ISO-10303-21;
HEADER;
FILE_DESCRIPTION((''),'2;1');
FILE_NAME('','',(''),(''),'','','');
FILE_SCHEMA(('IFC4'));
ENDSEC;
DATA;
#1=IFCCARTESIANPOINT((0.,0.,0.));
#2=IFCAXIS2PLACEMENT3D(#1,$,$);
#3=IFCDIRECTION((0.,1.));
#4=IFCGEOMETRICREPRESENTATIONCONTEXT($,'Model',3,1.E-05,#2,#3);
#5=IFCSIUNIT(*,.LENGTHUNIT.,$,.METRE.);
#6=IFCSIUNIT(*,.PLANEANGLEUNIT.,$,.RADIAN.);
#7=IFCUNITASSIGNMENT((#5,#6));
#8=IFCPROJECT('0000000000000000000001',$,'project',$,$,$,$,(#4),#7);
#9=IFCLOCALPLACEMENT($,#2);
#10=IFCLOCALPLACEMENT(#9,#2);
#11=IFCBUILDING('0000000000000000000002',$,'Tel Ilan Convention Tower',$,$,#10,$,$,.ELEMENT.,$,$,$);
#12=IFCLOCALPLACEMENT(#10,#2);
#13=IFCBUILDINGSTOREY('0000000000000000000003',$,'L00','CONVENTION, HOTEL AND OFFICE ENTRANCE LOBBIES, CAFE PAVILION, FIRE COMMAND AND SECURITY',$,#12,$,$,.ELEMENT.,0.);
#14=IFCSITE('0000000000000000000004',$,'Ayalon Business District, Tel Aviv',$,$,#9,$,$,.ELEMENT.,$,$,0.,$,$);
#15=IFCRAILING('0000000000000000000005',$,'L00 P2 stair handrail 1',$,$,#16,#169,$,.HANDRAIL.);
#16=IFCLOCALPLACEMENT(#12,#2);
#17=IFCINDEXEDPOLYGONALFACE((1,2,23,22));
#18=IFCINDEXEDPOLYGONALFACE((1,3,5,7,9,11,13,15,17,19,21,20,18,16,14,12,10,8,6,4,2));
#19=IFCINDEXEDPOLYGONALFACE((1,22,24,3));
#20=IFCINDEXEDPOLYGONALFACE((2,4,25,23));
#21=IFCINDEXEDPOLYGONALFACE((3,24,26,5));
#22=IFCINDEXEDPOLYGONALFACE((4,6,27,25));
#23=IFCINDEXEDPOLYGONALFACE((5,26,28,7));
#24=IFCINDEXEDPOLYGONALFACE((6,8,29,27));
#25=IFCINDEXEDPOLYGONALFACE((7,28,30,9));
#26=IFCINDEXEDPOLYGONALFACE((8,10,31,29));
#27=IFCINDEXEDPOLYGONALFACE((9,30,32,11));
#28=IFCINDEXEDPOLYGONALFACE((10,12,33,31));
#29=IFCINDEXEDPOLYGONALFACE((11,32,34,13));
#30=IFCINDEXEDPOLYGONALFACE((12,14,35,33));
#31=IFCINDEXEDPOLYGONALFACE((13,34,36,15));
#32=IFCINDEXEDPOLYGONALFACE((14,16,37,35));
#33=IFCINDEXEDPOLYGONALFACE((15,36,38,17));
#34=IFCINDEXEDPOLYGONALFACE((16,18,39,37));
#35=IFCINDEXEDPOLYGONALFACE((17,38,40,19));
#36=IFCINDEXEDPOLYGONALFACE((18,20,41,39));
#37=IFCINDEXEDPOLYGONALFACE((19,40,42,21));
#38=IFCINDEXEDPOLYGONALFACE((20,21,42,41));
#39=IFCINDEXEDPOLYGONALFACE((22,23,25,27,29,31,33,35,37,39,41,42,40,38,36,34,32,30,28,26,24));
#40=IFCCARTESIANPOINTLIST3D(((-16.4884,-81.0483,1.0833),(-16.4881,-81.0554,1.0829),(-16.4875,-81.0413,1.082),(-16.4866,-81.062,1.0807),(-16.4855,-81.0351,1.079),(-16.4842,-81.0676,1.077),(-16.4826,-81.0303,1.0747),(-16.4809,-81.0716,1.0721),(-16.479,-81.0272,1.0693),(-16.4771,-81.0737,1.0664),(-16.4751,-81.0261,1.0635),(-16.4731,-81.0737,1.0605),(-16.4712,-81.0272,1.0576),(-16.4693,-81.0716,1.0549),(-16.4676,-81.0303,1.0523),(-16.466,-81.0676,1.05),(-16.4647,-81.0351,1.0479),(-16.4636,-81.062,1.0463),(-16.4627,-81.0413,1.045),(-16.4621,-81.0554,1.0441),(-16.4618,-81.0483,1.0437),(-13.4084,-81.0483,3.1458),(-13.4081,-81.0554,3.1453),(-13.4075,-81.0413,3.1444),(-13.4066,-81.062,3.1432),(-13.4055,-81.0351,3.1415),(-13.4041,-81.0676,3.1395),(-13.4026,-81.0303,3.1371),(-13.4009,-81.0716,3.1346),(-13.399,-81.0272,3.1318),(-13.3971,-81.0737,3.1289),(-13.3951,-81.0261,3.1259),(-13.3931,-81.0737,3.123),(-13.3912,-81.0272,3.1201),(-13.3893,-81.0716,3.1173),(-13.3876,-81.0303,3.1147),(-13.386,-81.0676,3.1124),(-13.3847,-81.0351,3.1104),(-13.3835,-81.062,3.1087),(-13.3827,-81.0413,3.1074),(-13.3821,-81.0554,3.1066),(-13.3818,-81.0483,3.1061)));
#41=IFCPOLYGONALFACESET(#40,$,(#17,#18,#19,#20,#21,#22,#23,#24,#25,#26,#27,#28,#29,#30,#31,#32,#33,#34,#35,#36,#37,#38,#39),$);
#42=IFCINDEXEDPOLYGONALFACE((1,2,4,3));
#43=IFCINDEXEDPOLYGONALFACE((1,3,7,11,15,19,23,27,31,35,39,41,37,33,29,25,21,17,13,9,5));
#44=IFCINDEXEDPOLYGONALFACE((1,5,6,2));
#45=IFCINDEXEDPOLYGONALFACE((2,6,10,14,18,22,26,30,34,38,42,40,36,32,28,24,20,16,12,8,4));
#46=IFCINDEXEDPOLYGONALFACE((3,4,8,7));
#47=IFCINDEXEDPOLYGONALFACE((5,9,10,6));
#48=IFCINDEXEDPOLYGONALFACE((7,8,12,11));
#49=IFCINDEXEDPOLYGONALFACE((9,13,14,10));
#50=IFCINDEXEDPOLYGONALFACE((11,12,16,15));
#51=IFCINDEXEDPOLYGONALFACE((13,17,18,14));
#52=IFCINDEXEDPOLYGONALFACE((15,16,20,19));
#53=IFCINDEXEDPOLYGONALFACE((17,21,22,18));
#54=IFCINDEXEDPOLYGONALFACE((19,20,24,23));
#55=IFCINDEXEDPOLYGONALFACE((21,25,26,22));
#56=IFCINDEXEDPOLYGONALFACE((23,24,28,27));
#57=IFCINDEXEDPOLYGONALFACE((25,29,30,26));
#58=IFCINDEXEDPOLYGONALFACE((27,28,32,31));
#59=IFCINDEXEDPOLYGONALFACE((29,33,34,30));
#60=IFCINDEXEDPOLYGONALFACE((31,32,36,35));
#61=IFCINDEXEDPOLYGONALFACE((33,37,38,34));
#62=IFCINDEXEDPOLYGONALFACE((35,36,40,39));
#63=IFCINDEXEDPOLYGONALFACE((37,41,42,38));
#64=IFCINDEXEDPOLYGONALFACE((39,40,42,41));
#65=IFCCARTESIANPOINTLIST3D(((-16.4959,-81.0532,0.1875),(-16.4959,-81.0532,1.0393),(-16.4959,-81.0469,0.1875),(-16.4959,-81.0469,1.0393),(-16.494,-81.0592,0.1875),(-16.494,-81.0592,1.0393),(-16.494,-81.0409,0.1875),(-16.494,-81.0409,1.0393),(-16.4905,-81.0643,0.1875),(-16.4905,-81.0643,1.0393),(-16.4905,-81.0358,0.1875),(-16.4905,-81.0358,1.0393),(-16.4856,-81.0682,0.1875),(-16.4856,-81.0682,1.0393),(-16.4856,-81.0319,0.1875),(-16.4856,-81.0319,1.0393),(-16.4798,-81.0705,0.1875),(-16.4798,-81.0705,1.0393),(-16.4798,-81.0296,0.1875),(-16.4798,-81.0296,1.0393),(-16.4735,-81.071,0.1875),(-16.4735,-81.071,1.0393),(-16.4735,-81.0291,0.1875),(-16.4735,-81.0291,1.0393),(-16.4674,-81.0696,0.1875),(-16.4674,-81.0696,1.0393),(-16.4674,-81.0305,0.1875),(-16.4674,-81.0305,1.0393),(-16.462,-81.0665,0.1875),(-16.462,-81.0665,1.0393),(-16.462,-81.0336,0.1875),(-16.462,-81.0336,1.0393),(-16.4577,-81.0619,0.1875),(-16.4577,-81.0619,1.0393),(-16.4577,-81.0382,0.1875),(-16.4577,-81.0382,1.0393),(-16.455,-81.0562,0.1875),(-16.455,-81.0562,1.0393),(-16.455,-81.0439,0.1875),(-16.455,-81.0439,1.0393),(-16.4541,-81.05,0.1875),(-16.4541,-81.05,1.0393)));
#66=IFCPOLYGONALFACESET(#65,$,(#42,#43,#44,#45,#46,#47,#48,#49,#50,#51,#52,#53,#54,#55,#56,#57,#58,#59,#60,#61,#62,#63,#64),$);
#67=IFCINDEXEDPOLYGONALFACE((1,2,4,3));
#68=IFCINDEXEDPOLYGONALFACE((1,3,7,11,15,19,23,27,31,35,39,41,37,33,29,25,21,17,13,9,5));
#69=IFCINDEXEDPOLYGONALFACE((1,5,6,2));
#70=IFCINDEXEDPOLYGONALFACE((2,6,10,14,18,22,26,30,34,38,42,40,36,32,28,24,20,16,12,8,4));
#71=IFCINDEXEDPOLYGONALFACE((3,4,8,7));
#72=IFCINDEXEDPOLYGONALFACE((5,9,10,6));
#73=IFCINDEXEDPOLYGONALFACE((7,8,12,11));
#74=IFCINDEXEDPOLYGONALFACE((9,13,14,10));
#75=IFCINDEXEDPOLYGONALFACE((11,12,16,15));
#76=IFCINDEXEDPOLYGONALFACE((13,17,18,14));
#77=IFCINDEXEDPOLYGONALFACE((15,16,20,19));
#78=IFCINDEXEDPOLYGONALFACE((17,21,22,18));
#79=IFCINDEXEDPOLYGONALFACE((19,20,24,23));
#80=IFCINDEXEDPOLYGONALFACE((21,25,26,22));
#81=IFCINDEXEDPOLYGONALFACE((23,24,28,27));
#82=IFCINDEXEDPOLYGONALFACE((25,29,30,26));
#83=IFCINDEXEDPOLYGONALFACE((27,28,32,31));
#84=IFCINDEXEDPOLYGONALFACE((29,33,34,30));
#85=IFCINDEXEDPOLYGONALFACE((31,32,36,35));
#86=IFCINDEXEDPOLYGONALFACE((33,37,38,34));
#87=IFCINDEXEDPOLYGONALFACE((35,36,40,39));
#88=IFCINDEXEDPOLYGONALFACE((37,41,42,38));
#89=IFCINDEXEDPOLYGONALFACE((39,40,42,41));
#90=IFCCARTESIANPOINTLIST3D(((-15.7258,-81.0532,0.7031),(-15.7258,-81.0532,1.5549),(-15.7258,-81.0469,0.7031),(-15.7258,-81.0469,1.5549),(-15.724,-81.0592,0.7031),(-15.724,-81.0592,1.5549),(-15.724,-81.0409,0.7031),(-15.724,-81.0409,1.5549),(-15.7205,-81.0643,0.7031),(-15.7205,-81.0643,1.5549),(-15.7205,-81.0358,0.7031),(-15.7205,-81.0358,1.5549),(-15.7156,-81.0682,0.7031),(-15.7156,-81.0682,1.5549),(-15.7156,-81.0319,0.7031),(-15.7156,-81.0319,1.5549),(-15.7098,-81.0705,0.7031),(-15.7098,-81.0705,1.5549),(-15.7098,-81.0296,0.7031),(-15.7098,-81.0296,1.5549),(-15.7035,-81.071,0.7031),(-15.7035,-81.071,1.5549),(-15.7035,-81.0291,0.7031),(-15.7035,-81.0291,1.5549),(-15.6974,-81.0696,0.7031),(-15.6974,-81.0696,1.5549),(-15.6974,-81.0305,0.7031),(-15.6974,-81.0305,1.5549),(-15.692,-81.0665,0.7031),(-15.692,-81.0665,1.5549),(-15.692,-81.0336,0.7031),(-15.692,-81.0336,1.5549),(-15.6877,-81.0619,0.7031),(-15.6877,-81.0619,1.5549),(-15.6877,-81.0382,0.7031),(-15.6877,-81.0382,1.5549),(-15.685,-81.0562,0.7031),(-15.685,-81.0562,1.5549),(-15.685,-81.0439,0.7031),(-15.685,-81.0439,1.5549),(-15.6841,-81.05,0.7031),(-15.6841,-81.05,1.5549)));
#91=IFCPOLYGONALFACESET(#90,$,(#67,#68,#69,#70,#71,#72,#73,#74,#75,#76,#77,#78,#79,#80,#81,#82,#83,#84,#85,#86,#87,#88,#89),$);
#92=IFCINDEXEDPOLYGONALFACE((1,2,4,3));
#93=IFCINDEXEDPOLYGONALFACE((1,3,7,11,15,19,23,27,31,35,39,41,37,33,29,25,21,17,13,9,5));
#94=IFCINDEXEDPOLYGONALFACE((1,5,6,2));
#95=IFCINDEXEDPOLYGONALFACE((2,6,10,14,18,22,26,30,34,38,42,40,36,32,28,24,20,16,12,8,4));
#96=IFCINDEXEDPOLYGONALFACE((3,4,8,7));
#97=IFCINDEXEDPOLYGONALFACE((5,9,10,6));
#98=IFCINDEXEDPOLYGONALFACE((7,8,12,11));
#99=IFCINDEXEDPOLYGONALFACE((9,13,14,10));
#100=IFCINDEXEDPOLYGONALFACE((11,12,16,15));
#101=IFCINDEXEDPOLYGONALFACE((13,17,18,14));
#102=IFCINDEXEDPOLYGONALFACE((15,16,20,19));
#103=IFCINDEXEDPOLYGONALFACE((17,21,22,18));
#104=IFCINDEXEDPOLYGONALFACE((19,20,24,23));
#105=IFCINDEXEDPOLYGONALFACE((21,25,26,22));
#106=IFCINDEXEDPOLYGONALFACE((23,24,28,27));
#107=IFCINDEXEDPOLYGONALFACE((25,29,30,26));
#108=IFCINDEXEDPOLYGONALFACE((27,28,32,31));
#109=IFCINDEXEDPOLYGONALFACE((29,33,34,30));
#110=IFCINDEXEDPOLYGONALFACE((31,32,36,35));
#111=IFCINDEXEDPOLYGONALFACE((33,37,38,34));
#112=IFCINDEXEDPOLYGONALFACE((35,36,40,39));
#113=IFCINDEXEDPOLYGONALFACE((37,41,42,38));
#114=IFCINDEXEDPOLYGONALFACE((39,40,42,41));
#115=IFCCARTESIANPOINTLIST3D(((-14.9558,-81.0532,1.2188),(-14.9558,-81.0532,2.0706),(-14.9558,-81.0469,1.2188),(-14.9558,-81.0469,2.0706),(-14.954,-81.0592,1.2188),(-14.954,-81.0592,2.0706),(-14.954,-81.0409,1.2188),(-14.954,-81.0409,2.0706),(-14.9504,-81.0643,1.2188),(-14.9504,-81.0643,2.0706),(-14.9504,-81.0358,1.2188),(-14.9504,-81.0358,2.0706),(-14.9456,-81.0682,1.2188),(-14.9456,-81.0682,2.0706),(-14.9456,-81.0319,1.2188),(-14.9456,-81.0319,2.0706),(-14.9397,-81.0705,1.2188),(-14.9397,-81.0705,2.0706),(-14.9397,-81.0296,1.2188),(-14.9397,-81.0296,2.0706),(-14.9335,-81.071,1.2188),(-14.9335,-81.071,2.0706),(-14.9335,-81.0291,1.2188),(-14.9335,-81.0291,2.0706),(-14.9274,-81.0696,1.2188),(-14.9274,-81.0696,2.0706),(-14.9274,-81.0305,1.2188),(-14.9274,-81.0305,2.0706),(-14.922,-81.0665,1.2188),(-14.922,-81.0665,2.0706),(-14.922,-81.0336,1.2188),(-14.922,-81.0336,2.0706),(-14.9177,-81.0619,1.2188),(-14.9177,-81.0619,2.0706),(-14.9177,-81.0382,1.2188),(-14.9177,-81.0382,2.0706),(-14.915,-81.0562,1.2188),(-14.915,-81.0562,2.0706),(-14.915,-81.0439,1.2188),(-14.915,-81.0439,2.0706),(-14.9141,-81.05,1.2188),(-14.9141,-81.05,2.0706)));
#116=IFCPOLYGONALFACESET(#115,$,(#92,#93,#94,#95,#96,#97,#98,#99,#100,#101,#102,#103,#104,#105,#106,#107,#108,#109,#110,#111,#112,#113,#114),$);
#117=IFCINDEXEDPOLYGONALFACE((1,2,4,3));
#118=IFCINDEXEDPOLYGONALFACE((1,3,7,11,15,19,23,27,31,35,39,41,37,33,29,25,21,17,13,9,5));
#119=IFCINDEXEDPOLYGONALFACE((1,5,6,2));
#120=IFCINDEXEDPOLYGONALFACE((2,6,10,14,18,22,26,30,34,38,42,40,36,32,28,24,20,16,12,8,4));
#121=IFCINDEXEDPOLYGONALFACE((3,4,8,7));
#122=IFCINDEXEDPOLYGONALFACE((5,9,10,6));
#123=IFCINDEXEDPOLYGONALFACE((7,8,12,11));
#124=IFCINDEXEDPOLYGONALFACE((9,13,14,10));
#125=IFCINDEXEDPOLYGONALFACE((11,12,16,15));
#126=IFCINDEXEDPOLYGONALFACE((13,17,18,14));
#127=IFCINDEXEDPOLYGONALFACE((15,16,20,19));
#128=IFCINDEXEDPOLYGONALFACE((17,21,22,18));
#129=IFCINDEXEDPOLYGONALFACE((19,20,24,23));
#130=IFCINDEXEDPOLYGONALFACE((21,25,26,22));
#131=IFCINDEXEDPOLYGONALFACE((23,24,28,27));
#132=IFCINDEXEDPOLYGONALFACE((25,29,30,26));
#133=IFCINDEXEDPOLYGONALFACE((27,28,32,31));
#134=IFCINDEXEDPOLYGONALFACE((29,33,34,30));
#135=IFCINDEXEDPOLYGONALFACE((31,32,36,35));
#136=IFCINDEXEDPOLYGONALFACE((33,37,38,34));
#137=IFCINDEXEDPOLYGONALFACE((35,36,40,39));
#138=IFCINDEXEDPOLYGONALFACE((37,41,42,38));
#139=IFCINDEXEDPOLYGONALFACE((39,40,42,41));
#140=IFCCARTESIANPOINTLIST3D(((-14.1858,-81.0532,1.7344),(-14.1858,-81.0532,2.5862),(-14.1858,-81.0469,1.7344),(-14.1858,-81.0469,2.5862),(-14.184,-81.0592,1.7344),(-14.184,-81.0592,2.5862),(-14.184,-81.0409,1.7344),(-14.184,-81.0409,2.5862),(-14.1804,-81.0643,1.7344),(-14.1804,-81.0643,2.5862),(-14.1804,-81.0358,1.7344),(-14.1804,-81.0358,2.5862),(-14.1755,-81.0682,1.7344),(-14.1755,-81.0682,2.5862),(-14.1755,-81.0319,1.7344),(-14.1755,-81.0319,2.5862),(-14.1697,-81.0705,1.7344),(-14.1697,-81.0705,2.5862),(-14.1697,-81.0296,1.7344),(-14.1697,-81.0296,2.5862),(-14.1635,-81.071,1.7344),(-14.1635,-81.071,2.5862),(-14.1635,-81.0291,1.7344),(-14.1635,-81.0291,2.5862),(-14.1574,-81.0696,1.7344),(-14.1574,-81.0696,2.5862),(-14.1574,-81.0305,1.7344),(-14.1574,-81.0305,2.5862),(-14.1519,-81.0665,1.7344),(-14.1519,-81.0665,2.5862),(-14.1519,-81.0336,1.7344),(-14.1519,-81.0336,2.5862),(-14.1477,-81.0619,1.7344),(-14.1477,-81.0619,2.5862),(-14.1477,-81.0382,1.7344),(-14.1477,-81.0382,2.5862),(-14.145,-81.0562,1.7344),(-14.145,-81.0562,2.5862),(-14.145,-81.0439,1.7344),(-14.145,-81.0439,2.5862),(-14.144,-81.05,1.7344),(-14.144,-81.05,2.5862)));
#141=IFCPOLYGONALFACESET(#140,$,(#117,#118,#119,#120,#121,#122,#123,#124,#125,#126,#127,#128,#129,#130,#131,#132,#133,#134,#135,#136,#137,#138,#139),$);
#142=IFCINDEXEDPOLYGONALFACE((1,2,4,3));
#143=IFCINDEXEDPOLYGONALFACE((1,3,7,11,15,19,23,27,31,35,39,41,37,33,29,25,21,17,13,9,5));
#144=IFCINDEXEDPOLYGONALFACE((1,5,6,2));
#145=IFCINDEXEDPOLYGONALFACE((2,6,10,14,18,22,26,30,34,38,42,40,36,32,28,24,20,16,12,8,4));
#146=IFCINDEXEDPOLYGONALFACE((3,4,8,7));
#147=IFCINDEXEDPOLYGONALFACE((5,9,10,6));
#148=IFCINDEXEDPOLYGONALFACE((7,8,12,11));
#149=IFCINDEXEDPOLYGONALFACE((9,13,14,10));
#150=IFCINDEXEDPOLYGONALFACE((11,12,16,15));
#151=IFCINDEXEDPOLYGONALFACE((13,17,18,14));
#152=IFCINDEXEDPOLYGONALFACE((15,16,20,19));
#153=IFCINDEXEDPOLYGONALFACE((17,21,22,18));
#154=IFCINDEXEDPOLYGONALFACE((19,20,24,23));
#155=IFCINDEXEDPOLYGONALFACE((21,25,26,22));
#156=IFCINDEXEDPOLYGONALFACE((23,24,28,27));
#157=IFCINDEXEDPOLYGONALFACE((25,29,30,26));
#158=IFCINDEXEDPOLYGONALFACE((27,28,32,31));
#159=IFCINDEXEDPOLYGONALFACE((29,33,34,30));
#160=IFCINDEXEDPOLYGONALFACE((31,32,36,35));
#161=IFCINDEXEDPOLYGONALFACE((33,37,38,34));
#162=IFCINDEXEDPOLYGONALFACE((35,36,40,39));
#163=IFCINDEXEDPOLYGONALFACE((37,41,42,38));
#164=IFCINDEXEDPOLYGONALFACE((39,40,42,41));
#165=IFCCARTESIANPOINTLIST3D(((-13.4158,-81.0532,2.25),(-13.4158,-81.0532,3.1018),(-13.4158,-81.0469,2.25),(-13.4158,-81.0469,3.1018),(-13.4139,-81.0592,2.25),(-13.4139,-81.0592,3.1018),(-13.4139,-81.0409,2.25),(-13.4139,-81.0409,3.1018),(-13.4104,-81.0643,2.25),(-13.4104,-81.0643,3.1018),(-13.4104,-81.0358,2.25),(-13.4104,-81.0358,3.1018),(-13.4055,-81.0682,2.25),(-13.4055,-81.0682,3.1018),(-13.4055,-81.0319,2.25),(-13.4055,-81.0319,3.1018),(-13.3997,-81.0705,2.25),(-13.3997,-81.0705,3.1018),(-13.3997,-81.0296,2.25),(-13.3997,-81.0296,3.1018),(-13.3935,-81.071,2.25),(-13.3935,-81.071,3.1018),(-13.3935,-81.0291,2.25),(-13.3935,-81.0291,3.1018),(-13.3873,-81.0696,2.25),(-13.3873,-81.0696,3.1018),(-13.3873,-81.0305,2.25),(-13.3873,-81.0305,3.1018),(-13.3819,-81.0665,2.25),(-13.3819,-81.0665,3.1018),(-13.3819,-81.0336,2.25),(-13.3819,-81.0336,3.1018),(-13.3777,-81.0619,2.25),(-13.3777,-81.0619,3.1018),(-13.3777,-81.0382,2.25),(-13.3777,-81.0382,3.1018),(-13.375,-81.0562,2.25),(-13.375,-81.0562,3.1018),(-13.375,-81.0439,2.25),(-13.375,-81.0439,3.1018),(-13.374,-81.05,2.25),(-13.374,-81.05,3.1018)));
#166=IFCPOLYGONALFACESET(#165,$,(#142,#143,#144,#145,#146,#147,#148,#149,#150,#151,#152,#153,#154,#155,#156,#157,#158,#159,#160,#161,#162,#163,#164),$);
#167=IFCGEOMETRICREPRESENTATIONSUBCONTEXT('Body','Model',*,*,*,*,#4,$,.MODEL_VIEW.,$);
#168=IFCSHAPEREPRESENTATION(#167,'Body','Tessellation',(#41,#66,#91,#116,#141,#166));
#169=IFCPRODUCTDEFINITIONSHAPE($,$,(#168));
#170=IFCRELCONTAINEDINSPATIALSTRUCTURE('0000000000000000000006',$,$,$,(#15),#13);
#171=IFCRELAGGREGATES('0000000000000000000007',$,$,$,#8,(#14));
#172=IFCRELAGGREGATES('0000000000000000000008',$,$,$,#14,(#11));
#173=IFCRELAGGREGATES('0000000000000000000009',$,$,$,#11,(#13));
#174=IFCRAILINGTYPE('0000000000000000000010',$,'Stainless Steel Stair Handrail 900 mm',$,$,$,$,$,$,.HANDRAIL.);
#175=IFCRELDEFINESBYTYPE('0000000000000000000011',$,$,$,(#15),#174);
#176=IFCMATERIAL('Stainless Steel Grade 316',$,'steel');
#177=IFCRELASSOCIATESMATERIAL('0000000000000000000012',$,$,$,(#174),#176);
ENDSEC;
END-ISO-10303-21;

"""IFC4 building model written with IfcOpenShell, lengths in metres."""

from ifc_helpers import new_model, si_unit, direction, frame, origin, origin_2d, place, context, subcontext, project, spatial, circle, extrude, material, type_object, element, save


model = new_model("IFC4")

# Units and contexts
model_context = context("Model", 3, precision=1e-05, world=origin(), true_north=direction((0.0, 1.0)))
body_context = subcontext(model_context, "Body", "Model", "MODEL_VIEW")
ifc_project = project(units=[si_unit("LENGTHUNIT", "METRE"), si_unit("PLANEANGLEUNIT", "RADIAN")], contexts=[model_context])

# Site, building, storey
site_placement = place(None, origin())
site = spatial("IfcSite", under=ifc_project, at=site_placement, Name="Ayalon Business District, Tel Aviv", CompositionType="ELEMENT", RefElevation=0.0)
building_placement = place(site_placement, origin())
building = spatial("IfcBuilding", under=site, at=building_placement, Name="Tel Ilan Convention Tower", CompositionType="ELEMENT")
storey_placement = place(building_placement, origin())
storey = spatial("IfcBuildingStorey", under=building, at=storey_placement, Name="L00", Description="CONVENTION, HOTEL AND OFFICE ENTRANCE LOBBIES, CAFE PAVILION, FIRE COMMAND AND SECURITY", CompositionType="ELEMENT", Elevation=0.0)

# Railing
ifc_material_1 = material(Name="Stainless Steel Grade 316", Category="steel")
railing_type_1 = type_object("IfcRailingType", Name="Stainless Steel Stair Handrail 900 mm", PredefinedType="HANDRAIL", material=ifc_material_1)
railing_1_placement = place(storey_placement, frame((-16.4751, -81.05, 0.1875)))
element("IfcRailing", 1, at=railing_1_placement, inside=storey, type_object=railing_type_1, Name="L00 P2 stair handrail 1", PredefinedType="HANDRAIL", context=body_context, shape_type="SweptSolid", body=[
    extrude(circle(Radius=0.0239, at=origin_2d()), frame((0.0, 0.0, 0.876), z_axis=(0.830914, 0.0, 0.556401), x_axis=(0.0, 1.0, 0.0)), (0.0, 0.0, 1.0), 3.7068),
    extrude(circle(Radius=0.021, at=origin_2d()), origin(), (0.0, 0.0, 1.0), 0.8518),
    extrude(circle(Radius=0.021, at=origin_2d()), frame((0.77, 0.0, 0.5156)), (0.0, 0.0, 1.0), 0.8518),
    extrude(circle(Radius=0.021, at=origin_2d()), frame((1.54, 0.0, 1.0312)), (0.0, 0.0, 1.0), 0.8518),
    extrude(circle(Radius=0.021, at=origin_2d()), frame((2.3101, 0.0, 1.5469)), (0.0, 0.0, 1.0), 0.8518),
    extrude(circle(Radius=0.021, at=origin_2d()), frame((3.0801, 0.0, 2.0625)), (0.0, 0.0, 1.0), 0.8518),
])

save(model, "model.ifc")
